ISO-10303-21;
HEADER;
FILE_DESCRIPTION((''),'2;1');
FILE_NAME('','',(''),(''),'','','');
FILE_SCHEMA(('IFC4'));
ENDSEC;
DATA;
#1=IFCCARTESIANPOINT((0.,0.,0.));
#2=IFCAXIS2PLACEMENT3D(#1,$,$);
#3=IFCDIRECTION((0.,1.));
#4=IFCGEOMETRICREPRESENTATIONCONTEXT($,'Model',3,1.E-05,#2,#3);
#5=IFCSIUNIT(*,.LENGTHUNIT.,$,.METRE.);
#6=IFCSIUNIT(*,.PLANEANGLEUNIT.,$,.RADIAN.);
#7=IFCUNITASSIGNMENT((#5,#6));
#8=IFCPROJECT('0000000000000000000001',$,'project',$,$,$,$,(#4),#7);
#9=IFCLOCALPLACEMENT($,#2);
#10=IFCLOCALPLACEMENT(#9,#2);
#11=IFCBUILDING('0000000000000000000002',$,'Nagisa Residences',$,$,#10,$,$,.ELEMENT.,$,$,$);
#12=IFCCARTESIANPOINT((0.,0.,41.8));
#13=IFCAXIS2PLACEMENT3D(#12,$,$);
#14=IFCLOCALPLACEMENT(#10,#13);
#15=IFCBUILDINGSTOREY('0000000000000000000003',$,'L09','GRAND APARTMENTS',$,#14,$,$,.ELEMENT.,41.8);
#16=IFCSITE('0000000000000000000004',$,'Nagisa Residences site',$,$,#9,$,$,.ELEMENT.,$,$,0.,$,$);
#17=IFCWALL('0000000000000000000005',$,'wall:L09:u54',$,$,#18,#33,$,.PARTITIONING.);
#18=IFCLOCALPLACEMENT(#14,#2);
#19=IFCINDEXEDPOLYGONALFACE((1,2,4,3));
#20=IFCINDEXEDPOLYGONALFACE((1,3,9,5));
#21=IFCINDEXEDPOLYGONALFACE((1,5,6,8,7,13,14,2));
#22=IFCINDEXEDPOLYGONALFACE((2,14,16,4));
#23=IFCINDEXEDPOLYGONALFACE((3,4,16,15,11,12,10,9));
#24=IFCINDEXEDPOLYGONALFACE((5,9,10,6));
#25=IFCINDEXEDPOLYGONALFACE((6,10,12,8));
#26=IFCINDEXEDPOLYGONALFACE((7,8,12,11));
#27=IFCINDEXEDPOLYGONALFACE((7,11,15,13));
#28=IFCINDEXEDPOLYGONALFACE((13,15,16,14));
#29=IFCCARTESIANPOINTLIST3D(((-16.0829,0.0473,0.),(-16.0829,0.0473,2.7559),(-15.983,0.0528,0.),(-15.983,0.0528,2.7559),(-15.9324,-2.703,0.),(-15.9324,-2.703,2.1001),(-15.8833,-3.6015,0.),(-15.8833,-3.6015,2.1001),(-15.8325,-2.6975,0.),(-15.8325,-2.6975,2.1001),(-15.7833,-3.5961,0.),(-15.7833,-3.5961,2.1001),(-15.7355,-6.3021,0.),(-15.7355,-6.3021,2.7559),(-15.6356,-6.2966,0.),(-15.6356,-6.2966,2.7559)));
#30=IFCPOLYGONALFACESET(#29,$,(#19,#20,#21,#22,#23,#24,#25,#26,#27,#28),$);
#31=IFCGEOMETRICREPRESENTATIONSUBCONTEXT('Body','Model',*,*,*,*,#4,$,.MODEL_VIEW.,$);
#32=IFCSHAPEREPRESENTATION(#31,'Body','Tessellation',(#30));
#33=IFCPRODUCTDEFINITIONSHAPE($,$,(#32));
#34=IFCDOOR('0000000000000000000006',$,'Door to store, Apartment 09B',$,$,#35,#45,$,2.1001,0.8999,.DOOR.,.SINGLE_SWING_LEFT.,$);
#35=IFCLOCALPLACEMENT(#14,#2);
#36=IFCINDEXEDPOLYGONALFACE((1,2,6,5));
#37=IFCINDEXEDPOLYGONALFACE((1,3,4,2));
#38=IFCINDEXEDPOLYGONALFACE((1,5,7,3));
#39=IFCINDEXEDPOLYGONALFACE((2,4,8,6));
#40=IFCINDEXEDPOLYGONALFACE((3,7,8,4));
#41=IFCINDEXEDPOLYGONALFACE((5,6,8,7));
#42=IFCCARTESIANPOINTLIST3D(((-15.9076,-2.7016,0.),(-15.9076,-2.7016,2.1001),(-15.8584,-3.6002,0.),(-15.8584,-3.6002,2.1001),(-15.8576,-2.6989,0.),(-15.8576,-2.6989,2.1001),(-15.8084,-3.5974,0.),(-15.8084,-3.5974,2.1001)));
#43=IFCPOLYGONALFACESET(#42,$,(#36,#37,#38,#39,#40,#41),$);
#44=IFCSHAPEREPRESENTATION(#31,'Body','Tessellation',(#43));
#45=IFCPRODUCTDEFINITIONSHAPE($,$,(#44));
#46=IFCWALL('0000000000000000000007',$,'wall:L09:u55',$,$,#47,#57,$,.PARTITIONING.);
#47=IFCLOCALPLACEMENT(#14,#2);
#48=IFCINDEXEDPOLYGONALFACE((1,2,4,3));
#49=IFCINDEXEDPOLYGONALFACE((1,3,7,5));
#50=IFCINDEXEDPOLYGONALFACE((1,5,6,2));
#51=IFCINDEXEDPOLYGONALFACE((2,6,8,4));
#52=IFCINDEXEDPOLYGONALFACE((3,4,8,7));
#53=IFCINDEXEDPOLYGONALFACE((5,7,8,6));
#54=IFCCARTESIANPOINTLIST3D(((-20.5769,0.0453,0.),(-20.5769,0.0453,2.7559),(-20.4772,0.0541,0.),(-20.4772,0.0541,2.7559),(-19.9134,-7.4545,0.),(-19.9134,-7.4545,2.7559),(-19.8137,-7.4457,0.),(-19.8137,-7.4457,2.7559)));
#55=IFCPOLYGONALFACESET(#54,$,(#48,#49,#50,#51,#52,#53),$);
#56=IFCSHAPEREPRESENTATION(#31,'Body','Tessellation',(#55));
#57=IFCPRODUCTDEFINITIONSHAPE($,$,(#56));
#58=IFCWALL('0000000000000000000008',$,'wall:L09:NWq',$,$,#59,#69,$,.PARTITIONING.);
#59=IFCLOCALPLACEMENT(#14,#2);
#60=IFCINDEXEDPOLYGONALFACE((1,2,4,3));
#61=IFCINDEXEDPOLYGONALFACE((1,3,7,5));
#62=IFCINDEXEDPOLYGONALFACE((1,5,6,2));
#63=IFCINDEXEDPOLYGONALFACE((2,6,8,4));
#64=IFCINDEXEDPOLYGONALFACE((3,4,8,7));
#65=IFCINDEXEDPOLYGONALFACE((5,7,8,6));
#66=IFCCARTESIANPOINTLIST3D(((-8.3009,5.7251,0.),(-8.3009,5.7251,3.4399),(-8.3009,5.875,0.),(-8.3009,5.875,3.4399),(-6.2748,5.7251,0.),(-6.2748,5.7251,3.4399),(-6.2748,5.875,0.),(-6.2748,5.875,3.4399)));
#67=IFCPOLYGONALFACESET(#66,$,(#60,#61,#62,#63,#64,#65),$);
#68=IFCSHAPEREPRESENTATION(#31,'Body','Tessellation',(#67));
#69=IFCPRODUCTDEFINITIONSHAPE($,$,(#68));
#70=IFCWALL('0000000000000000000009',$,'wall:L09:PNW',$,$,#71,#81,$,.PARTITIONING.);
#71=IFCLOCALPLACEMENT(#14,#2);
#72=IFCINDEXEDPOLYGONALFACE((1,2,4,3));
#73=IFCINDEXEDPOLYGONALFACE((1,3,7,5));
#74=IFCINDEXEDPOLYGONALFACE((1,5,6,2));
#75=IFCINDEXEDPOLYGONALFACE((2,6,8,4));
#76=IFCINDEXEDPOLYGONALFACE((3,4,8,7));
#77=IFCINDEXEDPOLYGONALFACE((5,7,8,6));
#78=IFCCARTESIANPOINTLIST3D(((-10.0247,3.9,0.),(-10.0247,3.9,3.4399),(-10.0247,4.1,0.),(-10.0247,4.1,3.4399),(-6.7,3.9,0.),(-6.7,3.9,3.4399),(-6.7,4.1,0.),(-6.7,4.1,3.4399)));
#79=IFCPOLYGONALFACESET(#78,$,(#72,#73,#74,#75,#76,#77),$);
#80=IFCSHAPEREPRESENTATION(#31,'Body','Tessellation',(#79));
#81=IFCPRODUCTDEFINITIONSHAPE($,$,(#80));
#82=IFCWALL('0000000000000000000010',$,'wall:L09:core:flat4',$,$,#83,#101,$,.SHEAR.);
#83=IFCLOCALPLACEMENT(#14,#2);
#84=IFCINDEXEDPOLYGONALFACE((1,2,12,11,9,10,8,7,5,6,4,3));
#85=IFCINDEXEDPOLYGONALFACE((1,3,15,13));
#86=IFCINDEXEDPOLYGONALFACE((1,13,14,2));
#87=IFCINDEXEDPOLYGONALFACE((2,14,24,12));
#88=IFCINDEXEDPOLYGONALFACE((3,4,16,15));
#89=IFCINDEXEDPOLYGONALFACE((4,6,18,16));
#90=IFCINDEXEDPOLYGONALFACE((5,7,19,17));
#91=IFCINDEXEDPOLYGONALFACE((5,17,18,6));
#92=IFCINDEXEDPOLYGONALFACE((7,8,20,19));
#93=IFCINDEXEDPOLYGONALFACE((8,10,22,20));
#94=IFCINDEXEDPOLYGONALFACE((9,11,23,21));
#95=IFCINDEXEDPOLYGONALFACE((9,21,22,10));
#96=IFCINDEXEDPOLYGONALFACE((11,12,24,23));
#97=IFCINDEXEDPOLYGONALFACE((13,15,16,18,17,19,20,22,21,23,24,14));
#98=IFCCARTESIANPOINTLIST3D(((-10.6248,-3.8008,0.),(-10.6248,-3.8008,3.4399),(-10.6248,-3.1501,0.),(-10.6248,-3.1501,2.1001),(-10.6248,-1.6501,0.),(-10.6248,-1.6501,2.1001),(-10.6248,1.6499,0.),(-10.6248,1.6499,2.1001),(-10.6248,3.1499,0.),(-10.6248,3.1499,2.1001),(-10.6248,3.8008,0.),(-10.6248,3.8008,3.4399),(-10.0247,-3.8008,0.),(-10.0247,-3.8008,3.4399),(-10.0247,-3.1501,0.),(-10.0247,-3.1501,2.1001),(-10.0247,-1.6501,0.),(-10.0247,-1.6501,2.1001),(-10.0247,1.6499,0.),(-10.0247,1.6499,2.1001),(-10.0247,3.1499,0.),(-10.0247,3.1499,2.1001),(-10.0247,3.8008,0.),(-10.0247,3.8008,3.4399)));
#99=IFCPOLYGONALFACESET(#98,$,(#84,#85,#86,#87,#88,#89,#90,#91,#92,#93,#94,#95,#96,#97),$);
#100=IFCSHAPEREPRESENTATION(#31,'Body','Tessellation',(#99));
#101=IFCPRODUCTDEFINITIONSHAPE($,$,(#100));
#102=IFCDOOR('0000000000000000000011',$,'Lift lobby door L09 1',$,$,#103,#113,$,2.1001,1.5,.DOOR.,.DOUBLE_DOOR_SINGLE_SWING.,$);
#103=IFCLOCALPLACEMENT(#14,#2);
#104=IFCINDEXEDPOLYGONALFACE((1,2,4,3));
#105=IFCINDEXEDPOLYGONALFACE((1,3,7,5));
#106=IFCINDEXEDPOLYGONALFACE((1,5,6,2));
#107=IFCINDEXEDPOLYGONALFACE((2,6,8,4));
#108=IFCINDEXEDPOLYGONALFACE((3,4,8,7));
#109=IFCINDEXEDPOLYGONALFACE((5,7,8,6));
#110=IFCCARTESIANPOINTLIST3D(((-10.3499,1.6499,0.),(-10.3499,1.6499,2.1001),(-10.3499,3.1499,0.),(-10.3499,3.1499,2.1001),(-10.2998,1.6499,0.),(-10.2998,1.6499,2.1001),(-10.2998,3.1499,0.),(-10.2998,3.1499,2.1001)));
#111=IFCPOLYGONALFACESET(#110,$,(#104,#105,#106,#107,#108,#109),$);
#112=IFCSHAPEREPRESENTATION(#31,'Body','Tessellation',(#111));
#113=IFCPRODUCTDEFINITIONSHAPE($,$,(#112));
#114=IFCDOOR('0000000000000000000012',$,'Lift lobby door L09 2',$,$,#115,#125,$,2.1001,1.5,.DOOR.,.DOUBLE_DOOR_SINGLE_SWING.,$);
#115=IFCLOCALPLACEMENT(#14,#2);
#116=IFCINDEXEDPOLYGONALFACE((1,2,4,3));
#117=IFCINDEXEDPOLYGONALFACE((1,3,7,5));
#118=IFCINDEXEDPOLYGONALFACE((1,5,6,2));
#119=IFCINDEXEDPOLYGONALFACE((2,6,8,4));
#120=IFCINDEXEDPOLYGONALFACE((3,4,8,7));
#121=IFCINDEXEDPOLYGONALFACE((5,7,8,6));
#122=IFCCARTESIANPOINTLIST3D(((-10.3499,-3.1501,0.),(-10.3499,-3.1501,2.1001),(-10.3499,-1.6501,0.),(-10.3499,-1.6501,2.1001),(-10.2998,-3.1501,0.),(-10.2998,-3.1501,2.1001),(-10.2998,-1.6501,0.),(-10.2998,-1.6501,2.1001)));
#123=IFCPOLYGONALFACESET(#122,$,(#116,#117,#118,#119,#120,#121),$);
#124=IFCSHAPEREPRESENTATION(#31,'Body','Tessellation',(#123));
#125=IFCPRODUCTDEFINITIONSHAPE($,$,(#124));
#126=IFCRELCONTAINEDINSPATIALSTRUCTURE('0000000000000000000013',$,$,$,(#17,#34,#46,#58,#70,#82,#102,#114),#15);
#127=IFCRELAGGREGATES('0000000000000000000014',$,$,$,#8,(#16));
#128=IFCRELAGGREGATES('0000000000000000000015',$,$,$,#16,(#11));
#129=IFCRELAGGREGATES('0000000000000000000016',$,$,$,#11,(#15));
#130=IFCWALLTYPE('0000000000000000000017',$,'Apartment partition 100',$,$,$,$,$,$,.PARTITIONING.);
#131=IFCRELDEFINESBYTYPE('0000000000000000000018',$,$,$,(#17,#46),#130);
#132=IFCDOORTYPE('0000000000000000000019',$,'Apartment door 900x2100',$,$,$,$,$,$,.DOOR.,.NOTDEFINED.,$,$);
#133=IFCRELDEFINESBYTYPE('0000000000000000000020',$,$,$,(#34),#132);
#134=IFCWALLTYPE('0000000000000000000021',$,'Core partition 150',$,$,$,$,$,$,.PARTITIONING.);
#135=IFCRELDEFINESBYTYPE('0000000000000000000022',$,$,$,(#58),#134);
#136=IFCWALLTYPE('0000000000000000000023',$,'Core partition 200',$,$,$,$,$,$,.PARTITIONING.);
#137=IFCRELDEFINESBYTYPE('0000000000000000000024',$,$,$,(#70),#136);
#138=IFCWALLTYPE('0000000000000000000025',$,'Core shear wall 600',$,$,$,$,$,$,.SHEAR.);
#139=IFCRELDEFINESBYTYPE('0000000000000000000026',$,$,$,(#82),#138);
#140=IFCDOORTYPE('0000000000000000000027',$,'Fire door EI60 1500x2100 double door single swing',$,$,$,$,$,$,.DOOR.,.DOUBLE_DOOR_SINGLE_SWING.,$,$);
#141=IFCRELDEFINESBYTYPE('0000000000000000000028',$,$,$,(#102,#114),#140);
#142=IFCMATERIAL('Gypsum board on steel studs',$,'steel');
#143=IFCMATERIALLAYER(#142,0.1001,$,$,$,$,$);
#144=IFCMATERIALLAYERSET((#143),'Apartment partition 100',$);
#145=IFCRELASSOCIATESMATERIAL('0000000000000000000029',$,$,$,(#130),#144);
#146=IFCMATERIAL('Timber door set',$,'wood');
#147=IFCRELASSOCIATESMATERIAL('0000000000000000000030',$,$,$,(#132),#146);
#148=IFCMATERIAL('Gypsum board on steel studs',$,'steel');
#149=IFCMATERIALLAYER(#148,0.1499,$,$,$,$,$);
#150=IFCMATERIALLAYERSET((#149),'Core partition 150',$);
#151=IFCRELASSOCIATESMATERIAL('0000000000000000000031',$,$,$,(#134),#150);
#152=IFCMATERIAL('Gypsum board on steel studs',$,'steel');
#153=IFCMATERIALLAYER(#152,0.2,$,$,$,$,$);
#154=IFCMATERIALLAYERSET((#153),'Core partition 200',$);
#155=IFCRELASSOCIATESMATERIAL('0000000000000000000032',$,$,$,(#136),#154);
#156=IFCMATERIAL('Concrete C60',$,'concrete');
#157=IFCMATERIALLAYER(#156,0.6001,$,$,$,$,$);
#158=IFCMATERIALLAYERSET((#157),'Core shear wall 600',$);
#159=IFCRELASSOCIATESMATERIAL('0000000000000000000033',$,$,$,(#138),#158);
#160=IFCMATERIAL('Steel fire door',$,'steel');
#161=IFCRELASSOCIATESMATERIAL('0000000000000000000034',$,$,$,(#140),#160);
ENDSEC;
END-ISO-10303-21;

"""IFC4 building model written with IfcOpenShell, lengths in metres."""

from ifc_helpers import new_model, si_unit, direction, frame, frame_2d, origin, place, context, subcontext, project, spatial, rectangle, extrude, material, layer, layer_set, type_object, element, fill, save


model = new_model("IFC4")

# Units and contexts
model_context = context("Model", 3, precision=1e-05, world=origin(), true_north=direction((0.0, 1.0)))
body_context = subcontext(model_context, "Body", "Model", "MODEL_VIEW")
ifc_project = project(units=[si_unit("LENGTHUNIT", "METRE"), si_unit("PLANEANGLEUNIT", "RADIAN")], contexts=[model_context])

# Site, building, storey
site_placement = place(None, origin())
site = spatial("IfcSite", under=ifc_project, at=site_placement, Name="Nagisa Residences site", CompositionType="ELEMENT", RefElevation=0.0)
building_placement = place(site_placement, origin())
building = spatial("IfcBuilding", under=site, at=building_placement, Name="Nagisa Residences", CompositionType="ELEMENT")
storey_placement = place(building_placement, frame((0.0, 0.0, 41.8)))
storey = spatial("IfcBuildingStorey", under=building, at=storey_placement, Name="L09", Description="GRAND APARTMENTS", CompositionType="ELEMENT", Elevation=41.8)

# Shared definitions
ifc_material_1 = material(Name="Gypsum board on steel studs", Category="steel")
ifc_layer_1 = layer(ifc_material_1, 0.1001)
ifc_layer_set_1 = layer_set([ifc_layer_1], Name="Apartment partition 100")
wall_type_1 = type_object("IfcWallType", Name="Apartment partition 100", PredefinedType="PARTITIONING", material=ifc_layer_set_1)
ifc_material_2 = material(Name="Timber door set", Category="wood")
door_type_1 = type_object("IfcDoorType", Name="Apartment door 900x2100", OperationType="NOTDEFINED", PredefinedType="DOOR", material=ifc_material_2)

# Wall, opening, door
wall_1_placement = place(storey_placement, frame((-16.033, 0.05, 0.0), z_axis=(0.0, 0.0, 1.0), x_axis=(0.054634, -0.998506, 0.0)))
wall_1 = element("IfcWall", 1, at=wall_1_placement, inside=storey, type_object=wall_type_1, Name="wall:L09:u54", PredefinedType="PARTITIONING", context=body_context, shape_type="SweptSolid", body=[
    extrude(rectangle(XDim=6.3589, YDim=0.1001, at=frame_2d((3.1794, 0.0))), origin(), (0.0, 0.0, 1.0), 2.7559),
])
opening_1_placement = place(wall_1_placement, frame((2.7544, 0.0, 0.0)))
opening_1 = element("IfcOpeningElement", 2, at=opening_1_placement, cuts=wall_1, PredefinedType="OPENING", context=body_context, shape_type="SweptSolid", body=[
    extrude(rectangle(XDim=0.8999, YDim=2.1001, at=frame_2d((0.45, 1.05))), frame((0.0, 0.0601, 0.0), z_axis=(0.0, -1.0, 0.0), x_axis=(1.0, 0.0, 0.0)), (0.0, 0.0, 1.0), 0.1201),
])
door_1_placement = place(opening_1_placement, origin())
door_1 = element("IfcDoor", 3, at=door_1_placement, inside=storey, type_object=door_type_1, Name="Door to store, Apartment 09B", OperationType="SINGLE_SWING_LEFT", OverallHeight=2.1001, OverallWidth=0.8999, PredefinedType="DOOR", context=body_context, shape_type="SweptSolid", body=[
    extrude(rectangle(XDim=0.8999, YDim=2.1001, at=frame_2d((0.45, 1.05))), frame((0.0, 0.0249, 0.0), z_axis=(0.0, -1.0, 0.0), x_axis=(1.0, 0.0, 0.0)), (0.0, 0.0, 1.0), 0.05),
])
fill(opening_1, door_1)

# Wall
wall_2_placement = place(storey_placement, frame((-20.5271, 0.0498, 0.0), z_axis=(0.0, 0.0, 1.0), x_axis=(0.088135, -0.996109, 0.0)))
element("IfcWall", 4, at=wall_2_placement, inside=storey, type_object=wall_type_1, Name="wall:L09:u55", PredefinedType="PARTITIONING", context=body_context, shape_type="SweptSolid", body=[
    extrude(rectangle(XDim=7.5291, YDim=0.1001, at=frame_2d((3.7646, 0.0))), origin(), (0.0, 0.0, 1.0), 2.7559),
])

# Walls
ifc_material_3 = material(Name="Gypsum board on steel studs", Category="steel")
ifc_layer_2 = layer(ifc_material_3, 0.1499)
ifc_layer_set_2 = layer_set([ifc_layer_2], Name="Core partition 150")
wall_type_2 = type_object("IfcWallType", Name="Core partition 150", PredefinedType="PARTITIONING", material=ifc_layer_set_2)
wall_3_placement = place(storey_placement, frame((-8.301, 5.8, 0.0), z_axis=(0.0, 0.0, 1.0), x_axis=(1.0, 0.0, 0.0)))
element("IfcWall", 5, at=wall_3_placement, inside=storey, type_object=wall_type_2, Name="wall:L09:NWq", PredefinedType="PARTITIONING", context=body_context, shape_type="SweptSolid", body=[
    extrude(rectangle(XDim=2.0261, YDim=0.1499, at=frame_2d((1.0132, 0.0))), origin(), (0.0, 0.0, 1.0), 3.4399),
])
ifc_material_4 = material(Name="Gypsum board on steel studs", Category="steel")
ifc_layer_3 = layer(ifc_material_4, 0.2)
ifc_layer_set_3 = layer_set([ifc_layer_3], Name="Core partition 200")
wall_type_3 = type_object("IfcWallType", Name="Core partition 200", PredefinedType="PARTITIONING", material=ifc_layer_set_3)
wall_4_placement = place(storey_placement, frame((-10.0247, 4.0, 0.0), z_axis=(0.0, 0.0, 1.0), x_axis=(1.0, 0.0, 0.0)))
element("IfcWall", 6, at=wall_4_placement, inside=storey, type_object=wall_type_3, Name="wall:L09:PNW", PredefinedType="PARTITIONING", context=body_context, shape_type="SweptSolid", body=[
    extrude(rectangle(XDim=3.3247, YDim=0.2, at=frame_2d((1.6624, 0.0))), origin(), (0.0, 0.0, 1.0), 3.4399),
])

# Wall, openings, doors
ifc_material_5 = material(Name="Concrete C60", Category="concrete")
ifc_layer_4 = layer(ifc_material_5, 0.6001)
ifc_layer_set_4 = layer_set([ifc_layer_4], Name="Core shear wall 600")
wall_type_4 = type_object("IfcWallType", Name="Core shear wall 600", PredefinedType="SHEAR", material=ifc_layer_set_4)
wall_5_placement = place(storey_placement, frame((-10.3247, 3.8008, 0.0), z_axis=(0.0, 0.0, 1.0), x_axis=(0.0, -1.0, 0.0)))
wall_5 = element("IfcWall", 7, at=wall_5_placement, inside=storey, type_object=wall_type_4, Name="wall:L09:core:flat4", PredefinedType="SHEAR", context=body_context, shape_type="SweptSolid", body=[
    extrude(rectangle(XDim=7.6016, YDim=0.6001, at=frame_2d((3.8008, 0.0))), origin(), (0.0, 0.0, 1.0), 3.4399),
])
opening_2_placement = place(wall_5_placement, frame((0.6509, 0.0, 0.0)))
opening_2 = element("IfcOpeningElement", 8, at=opening_2_placement, cuts=wall_5, PredefinedType="OPENING", context=body_context, shape_type="SweptSolid", body=[
    extrude(rectangle(XDim=1.5, YDim=2.1001, at=frame_2d((0.75, 1.05))), frame((0.0, 0.3101, 0.0), z_axis=(0.0, -1.0, 0.0), x_axis=(1.0, 0.0, 0.0)), (0.0, 0.0, 1.0), 0.6201),
])
opening_3_placement = place(wall_5_placement, frame((5.4509, 0.0, 0.0)))
opening_3 = element("IfcOpeningElement", 9, at=opening_3_placement, cuts=wall_5, PredefinedType="OPENING", context=body_context, shape_type="SweptSolid", body=[
    extrude(rectangle(XDim=1.5, YDim=2.1001, at=frame_2d((0.75, 1.05))), frame((0.0, 0.3101, 0.0), z_axis=(0.0, -1.0, 0.0), x_axis=(1.0, 0.0, 0.0)), (0.0, 0.0, 1.0), 0.6201),
])
ifc_material_6 = material(Name="Steel fire door", Category="steel")
door_type_2 = type_object("IfcDoorType", Name="Fire door EI60 1500x2100 double door single swing", OperationType="DOUBLE_DOOR_SINGLE_SWING", PredefinedType="DOOR", material=ifc_material_6)
door_2_placement = place(opening_2_placement, origin())
door_2 = element("IfcDoor", 10, at=door_2_placement, inside=storey, type_object=door_type_2, Name="Lift lobby door L09 1", OperationType="DOUBLE_DOOR_SINGLE_SWING", OverallHeight=2.1001, OverallWidth=1.5, PredefinedType="DOOR", context=body_context, shape_type="SweptSolid", body=[
    extrude(rectangle(XDim=1.5, YDim=2.1001, at=frame_2d((0.75, 1.05))), frame((0.0, 0.0249, 0.0), z_axis=(0.0, -1.0, 0.0), x_axis=(1.0, 0.0, 0.0)), (0.0, 0.0, 1.0), 0.05),
])
fill(opening_2, door_2)
door_3_placement = place(opening_3_placement, origin())
door_3 = element("IfcDoor", 11, at=door_3_placement, inside=storey, type_object=door_type_2, Name="Lift lobby door L09 2", OperationType="DOUBLE_DOOR_SINGLE_SWING", OverallHeight=2.1001, OverallWidth=1.5, PredefinedType="DOOR", context=body_context, shape_type="SweptSolid", body=[
    extrude(rectangle(XDim=1.5, YDim=2.1001, at=frame_2d((0.75, 1.05))), frame((0.0, 0.0249, 0.0), z_axis=(0.0, -1.0, 0.0), x_axis=(1.0, 0.0, 0.0)), (0.0, 0.0, 1.0), 0.05),
])
fill(opening_3, door_3)

save(model, "model.ifc")
